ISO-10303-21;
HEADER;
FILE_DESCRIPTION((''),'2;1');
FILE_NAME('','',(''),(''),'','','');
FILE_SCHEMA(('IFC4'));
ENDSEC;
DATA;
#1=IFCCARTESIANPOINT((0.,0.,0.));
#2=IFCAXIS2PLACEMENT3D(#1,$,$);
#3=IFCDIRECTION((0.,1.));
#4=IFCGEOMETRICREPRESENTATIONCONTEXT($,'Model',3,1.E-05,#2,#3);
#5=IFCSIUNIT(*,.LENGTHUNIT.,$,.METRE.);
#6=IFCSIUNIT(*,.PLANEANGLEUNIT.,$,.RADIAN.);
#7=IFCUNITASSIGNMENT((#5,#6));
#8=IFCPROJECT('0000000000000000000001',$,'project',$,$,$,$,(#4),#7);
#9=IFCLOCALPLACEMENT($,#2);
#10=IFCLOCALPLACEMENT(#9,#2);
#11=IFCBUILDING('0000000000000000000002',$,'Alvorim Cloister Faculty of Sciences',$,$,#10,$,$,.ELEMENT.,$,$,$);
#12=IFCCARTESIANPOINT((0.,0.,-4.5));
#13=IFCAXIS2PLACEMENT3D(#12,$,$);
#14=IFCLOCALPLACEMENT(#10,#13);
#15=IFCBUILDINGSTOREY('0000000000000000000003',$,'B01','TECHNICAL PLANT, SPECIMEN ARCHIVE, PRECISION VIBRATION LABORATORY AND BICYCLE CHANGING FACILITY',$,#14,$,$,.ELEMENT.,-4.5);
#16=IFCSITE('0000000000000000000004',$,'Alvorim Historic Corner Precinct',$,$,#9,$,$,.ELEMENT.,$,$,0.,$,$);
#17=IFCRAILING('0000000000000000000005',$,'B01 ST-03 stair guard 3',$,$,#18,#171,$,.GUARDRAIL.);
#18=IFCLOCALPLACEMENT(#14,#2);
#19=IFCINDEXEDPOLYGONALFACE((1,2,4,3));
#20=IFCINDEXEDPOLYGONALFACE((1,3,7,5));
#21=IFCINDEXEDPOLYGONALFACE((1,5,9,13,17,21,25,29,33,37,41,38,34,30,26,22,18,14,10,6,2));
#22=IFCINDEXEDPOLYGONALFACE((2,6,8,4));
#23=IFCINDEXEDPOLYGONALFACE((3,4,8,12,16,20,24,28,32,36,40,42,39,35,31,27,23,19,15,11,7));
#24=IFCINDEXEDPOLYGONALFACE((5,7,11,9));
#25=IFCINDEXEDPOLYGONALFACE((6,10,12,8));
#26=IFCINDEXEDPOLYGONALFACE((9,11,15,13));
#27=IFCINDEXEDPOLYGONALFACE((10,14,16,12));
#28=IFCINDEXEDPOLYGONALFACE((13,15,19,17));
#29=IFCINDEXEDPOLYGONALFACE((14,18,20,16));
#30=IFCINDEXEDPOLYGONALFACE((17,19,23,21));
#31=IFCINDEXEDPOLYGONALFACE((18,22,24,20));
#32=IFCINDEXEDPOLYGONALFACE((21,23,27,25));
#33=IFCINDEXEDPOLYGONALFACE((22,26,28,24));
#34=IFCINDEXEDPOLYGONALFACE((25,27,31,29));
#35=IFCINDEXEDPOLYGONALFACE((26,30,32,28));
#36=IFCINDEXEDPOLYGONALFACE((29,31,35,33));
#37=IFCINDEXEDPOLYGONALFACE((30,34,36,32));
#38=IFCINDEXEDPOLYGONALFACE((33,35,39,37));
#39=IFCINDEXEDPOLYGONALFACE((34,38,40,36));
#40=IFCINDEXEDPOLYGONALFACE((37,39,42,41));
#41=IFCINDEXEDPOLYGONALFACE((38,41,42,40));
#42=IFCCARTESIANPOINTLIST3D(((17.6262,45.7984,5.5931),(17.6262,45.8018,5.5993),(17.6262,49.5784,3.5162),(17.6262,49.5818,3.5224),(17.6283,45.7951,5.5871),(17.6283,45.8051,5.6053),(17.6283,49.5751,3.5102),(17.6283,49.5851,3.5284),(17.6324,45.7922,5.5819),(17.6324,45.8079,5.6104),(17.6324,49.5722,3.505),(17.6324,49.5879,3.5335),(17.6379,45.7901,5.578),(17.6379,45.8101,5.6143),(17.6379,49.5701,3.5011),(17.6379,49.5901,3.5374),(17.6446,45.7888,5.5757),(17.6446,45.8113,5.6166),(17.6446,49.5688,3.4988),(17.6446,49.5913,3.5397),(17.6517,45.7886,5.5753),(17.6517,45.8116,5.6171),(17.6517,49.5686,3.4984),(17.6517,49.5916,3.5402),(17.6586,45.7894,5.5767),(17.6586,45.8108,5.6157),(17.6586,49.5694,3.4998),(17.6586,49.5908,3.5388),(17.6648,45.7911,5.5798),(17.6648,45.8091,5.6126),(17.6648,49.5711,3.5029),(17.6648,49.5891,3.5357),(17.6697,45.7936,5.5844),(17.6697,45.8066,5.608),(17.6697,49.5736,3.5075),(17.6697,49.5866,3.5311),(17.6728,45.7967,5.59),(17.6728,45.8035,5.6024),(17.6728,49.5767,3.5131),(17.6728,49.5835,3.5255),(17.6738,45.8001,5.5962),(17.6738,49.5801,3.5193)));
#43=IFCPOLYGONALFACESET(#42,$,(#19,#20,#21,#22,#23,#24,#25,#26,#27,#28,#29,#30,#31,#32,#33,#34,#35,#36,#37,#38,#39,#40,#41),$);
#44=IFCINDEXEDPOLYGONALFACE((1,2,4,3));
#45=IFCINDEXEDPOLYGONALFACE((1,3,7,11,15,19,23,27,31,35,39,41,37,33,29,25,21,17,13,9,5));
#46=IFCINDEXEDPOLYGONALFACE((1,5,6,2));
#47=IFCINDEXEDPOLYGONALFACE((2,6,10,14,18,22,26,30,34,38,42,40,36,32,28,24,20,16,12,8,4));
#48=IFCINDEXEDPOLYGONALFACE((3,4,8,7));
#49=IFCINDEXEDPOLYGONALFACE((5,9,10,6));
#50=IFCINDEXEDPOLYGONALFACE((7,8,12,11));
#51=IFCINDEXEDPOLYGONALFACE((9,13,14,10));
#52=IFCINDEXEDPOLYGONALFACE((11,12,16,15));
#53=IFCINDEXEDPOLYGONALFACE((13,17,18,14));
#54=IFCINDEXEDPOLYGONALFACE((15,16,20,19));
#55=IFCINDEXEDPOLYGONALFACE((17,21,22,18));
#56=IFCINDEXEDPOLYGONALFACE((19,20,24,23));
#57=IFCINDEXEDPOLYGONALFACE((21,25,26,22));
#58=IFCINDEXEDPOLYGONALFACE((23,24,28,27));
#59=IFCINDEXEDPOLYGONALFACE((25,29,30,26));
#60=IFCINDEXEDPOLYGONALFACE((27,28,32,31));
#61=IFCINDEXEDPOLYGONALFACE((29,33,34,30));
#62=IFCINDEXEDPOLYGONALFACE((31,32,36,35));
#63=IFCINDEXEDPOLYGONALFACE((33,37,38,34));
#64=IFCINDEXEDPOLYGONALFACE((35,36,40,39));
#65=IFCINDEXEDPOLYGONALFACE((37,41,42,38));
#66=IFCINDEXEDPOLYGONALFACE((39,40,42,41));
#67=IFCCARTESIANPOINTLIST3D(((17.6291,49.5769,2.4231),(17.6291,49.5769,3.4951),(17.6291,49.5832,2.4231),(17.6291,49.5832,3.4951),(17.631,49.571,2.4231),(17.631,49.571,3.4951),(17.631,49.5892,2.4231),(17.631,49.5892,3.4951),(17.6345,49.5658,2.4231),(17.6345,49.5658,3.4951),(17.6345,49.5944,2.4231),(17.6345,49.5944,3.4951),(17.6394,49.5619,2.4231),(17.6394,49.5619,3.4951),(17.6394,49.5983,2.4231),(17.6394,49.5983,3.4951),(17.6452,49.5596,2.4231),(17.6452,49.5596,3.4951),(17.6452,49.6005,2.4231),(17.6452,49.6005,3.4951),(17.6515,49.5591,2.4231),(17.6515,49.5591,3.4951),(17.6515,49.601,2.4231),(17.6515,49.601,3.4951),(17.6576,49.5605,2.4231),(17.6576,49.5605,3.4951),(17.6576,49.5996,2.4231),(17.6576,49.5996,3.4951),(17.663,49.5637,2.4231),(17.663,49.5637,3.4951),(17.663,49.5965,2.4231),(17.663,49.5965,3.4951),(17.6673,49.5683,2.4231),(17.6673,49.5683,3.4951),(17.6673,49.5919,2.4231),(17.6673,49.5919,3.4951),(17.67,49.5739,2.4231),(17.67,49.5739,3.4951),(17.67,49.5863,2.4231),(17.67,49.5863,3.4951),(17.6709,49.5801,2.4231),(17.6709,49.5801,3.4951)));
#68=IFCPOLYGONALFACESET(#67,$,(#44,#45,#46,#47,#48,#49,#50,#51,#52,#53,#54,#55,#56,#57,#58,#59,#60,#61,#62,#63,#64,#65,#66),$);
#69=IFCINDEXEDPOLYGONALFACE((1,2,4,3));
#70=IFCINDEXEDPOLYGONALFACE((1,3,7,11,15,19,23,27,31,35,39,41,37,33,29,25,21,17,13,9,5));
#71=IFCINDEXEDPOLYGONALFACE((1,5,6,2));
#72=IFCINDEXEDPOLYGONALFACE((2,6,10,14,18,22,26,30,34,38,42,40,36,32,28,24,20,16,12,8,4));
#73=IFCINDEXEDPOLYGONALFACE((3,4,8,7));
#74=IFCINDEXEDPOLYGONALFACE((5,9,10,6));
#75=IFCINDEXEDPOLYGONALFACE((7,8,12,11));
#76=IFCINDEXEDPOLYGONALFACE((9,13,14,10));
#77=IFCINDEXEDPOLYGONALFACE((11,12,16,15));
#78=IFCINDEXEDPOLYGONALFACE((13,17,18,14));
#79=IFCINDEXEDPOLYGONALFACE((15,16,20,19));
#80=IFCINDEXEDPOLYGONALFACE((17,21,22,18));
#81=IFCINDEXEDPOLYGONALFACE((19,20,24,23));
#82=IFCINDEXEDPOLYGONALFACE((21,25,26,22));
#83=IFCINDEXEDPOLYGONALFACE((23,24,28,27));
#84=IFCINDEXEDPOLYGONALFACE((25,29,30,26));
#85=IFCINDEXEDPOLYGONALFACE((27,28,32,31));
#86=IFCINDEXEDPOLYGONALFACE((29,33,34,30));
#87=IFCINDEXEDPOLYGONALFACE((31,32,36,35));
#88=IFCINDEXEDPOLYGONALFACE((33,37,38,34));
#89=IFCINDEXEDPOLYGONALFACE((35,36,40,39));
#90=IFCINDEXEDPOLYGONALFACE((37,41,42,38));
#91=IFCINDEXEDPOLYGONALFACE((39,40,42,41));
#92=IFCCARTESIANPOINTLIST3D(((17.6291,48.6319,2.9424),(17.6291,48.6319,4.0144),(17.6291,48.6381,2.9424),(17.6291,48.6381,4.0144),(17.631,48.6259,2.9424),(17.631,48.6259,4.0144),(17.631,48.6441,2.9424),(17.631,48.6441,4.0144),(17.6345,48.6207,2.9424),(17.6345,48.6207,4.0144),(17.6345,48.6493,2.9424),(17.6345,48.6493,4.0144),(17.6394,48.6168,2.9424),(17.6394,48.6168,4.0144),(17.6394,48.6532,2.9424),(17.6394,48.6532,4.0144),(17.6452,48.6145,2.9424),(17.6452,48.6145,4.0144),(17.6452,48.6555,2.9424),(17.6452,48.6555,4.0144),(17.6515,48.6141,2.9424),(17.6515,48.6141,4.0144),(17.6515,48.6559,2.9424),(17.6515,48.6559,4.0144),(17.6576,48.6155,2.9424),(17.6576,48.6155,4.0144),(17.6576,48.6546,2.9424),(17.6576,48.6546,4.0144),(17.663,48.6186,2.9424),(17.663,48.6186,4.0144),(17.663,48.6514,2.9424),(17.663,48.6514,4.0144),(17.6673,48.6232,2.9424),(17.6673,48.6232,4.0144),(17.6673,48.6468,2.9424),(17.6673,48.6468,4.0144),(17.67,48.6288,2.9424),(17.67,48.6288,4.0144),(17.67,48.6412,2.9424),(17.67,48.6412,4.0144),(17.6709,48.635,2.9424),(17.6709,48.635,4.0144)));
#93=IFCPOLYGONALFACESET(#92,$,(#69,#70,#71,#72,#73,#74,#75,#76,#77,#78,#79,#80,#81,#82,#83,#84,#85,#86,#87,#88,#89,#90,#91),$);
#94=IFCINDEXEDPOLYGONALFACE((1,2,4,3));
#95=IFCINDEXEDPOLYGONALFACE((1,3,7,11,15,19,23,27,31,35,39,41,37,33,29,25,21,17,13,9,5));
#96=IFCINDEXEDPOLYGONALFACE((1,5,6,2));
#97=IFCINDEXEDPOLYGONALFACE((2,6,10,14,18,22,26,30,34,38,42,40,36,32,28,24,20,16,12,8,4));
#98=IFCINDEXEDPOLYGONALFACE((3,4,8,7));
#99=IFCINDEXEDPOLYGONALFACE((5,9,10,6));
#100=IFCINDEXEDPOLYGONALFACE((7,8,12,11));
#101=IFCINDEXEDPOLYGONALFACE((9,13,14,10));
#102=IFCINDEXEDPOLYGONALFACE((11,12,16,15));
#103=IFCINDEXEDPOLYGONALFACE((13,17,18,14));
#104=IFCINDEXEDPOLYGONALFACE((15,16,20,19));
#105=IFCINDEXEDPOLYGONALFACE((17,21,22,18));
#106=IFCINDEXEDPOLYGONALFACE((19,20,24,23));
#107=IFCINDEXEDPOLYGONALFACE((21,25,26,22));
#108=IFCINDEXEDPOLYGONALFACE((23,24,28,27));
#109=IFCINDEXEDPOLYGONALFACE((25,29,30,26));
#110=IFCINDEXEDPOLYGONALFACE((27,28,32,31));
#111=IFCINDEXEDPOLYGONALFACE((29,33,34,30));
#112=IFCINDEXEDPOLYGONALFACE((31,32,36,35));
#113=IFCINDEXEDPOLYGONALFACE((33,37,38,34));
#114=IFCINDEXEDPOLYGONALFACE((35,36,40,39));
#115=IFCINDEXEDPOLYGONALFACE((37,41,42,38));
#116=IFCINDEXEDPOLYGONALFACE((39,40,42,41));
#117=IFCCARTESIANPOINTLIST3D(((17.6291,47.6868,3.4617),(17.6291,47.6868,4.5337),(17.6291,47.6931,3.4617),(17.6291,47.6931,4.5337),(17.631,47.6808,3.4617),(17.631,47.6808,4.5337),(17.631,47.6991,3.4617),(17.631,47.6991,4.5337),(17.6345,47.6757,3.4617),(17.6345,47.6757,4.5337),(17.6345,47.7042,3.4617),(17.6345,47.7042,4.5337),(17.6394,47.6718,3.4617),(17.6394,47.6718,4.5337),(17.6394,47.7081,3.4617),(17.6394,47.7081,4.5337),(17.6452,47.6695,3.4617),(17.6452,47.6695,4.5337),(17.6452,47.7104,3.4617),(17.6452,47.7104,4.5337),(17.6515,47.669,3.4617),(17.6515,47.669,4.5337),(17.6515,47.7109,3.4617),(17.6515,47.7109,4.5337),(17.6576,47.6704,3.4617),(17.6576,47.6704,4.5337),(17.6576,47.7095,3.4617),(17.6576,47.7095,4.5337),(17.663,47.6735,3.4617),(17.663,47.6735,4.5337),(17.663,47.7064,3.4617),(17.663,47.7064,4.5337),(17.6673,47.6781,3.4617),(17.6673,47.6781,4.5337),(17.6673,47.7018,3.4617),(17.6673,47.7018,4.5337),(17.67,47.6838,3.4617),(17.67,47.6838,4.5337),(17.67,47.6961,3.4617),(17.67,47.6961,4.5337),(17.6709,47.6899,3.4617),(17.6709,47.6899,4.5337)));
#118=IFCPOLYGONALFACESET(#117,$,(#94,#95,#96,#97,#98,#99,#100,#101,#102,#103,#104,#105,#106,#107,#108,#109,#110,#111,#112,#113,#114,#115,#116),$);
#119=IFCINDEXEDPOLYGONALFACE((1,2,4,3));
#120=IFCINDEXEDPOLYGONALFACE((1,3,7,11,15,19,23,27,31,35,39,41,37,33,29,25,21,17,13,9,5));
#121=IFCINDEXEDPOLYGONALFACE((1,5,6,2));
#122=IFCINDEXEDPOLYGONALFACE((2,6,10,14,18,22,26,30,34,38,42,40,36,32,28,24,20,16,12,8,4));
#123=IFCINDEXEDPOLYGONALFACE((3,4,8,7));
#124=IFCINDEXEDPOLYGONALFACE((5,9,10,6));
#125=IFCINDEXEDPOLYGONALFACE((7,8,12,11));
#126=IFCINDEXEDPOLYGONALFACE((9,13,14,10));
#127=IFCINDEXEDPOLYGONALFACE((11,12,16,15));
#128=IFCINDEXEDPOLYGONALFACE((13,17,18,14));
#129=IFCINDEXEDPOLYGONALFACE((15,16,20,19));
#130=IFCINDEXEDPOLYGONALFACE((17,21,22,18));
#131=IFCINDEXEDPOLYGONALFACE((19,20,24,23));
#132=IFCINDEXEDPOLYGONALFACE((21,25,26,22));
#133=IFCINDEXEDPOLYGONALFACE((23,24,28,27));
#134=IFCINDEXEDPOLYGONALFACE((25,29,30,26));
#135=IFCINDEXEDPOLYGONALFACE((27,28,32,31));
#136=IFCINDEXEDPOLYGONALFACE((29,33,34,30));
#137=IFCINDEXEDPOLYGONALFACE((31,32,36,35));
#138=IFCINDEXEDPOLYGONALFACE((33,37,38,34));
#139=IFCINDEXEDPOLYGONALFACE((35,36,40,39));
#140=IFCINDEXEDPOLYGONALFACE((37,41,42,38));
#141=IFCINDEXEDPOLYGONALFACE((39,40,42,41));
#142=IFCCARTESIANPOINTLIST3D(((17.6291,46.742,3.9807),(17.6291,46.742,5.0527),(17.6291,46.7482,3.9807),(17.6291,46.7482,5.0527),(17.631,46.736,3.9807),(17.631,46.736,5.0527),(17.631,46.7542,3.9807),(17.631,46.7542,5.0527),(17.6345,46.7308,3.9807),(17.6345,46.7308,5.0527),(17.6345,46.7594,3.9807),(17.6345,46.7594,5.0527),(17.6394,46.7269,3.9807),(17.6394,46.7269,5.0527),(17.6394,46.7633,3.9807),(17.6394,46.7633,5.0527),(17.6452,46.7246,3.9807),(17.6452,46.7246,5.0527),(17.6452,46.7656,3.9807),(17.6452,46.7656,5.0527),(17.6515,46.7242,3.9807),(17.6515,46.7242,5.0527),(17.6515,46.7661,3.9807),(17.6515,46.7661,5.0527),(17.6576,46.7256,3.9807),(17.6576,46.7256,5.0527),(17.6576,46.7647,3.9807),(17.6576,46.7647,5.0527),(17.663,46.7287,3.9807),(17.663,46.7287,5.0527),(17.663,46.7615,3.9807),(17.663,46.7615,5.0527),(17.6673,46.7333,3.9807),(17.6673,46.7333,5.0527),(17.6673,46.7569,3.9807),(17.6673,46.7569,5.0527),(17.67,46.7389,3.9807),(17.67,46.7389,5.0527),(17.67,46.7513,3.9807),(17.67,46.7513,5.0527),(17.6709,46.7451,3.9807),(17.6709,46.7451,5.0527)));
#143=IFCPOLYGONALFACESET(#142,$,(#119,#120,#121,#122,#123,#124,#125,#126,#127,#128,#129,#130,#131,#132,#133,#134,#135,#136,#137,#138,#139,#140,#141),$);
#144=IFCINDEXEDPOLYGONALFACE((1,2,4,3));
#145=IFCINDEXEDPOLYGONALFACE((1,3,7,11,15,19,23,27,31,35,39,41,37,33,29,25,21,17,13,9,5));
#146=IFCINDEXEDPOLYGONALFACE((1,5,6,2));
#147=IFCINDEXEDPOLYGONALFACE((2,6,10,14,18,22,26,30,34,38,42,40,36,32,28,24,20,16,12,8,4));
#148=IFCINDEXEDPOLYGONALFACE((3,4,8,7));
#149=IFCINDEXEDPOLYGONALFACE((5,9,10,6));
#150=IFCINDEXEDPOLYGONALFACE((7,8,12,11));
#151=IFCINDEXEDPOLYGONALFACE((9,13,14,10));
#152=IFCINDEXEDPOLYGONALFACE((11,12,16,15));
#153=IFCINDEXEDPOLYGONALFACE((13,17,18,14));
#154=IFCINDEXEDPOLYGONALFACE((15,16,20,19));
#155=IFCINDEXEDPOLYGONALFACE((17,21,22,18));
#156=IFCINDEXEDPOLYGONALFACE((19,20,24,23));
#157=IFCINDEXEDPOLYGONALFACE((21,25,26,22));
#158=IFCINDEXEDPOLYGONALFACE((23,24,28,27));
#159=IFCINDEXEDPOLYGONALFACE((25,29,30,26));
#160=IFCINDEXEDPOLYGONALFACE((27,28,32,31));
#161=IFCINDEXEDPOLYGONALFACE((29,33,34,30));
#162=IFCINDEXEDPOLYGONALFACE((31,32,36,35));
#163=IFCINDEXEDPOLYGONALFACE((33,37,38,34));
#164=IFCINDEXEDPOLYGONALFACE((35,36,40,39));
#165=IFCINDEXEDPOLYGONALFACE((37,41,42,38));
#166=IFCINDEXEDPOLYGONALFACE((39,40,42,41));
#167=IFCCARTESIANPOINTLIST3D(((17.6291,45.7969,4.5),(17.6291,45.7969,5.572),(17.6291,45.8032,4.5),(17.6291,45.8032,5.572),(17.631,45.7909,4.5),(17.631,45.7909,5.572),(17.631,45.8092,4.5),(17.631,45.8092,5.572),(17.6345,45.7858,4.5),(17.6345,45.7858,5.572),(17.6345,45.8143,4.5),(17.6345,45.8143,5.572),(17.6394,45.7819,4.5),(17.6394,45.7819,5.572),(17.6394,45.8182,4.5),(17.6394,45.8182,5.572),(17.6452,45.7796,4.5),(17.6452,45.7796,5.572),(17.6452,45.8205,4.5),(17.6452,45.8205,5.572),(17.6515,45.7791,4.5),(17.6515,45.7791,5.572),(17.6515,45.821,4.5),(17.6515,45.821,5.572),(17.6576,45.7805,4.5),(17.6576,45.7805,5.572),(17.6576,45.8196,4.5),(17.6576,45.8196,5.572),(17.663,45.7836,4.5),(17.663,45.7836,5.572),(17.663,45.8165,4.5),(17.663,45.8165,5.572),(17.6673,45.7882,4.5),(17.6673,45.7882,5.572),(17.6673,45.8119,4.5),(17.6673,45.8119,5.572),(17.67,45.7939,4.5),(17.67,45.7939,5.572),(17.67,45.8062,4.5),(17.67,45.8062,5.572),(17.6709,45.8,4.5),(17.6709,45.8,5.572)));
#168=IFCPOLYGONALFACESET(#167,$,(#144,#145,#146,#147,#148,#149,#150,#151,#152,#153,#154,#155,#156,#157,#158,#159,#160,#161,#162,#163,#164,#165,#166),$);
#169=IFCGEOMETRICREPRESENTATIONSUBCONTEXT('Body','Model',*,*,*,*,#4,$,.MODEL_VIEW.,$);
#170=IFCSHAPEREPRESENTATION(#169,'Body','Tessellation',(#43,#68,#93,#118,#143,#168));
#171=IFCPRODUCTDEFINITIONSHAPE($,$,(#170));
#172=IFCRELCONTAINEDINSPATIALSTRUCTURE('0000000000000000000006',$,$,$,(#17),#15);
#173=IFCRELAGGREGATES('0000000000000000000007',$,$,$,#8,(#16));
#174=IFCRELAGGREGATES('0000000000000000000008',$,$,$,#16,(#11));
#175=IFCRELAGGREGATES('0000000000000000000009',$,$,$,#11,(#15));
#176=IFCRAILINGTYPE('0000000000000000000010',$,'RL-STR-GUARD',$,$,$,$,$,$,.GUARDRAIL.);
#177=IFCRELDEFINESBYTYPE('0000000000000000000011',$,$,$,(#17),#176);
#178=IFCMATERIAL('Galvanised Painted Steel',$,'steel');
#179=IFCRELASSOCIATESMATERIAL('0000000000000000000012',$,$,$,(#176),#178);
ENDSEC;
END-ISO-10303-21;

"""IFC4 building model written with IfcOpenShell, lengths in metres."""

from ifc_helpers import new_model, si_unit, direction, frame, origin, origin_2d, place, context, subcontext, project, spatial, circle, extrude, material, type_object, element, save


model = new_model("IFC4")

# Units and contexts
model_context = context("Model", 3, precision=1e-05, world=origin(), true_north=direction((0.0, 1.0)))
body_context = subcontext(model_context, "Body", "Model", "MODEL_VIEW")
ifc_project = project(units=[si_unit("LENGTHUNIT", "METRE"), si_unit("PLANEANGLEUNIT", "RADIAN")], contexts=[model_context])

# Site, building, storey
site_placement = place(None, origin())
site = spatial("IfcSite", under=ifc_project, at=site_placement, Name="Alvorim Historic Corner Precinct", CompositionType="ELEMENT", RefElevation=0.0)
building_placement = place(site_placement, origin())
building = spatial("IfcBuilding", under=site, at=building_placement, Name="Alvorim Cloister Faculty of Sciences", CompositionType="ELEMENT")
storey_placement = place(building_placement, frame((0.0, 0.0, -4.5)))
storey = spatial("IfcBuildingStorey", under=building, at=storey_placement, Name="B01", Description="TECHNICAL PLANT, SPECIMEN ARCHIVE, PRECISION VIBRATION LABORATORY AND BICYCLE CHANGING FACILITY", CompositionType="ELEMENT", Elevation=-4.5)

# Railing
ifc_material_1 = material(Name="Galvanised Painted Steel", Category="steel")
railing_type_1 = type_object("IfcRailingType", Name="RL-STR-GUARD", PredefinedType="GUARDRAIL", material=ifc_material_1)
railing_1_placement = place(storey_placement, frame((17.6499, 49.5801, 2.4231)))
element("IfcRailing", 1, at=railing_1_placement, inside=storey, type_object=railing_type_1, Name="B01 ST-03 stair guard 3", PredefinedType="GUARDRAIL", context=body_context, shape_type="SweptSolid", body=[
    extrude(circle(Radius=0.0239, at=origin_2d()), frame((0.0, 0.0, 1.0962), z_axis=(0.0, -0.876423, 0.481543), x_axis=(1.0, 0.0, 0.0)), (0.0, 0.0, 1.0), 4.313),
    extrude(circle(Radius=0.021, at=origin_2d()), origin(), (0.0, 0.0, 1.0), 1.072),
    extrude(circle(Radius=0.021, at=origin_2d()), frame((0.0, -0.9451, 0.5193)), (0.0, 0.0, 1.0), 1.072),
    extrude(circle(Radius=0.021, at=origin_2d()), frame((0.0, -1.8901, 1.0386)), (0.0, 0.0, 1.0), 1.072),
    extrude(circle(Radius=0.021, at=origin_2d()), frame((0.0, -2.835, 1.5576)), (0.0, 0.0, 1.0), 1.072),
    extrude(circle(Radius=0.021, at=origin_2d()), frame((0.0, -3.78, 2.0769)), (0.0, 0.0, 1.0), 1.072),
])

save(model, "model.ifc")
